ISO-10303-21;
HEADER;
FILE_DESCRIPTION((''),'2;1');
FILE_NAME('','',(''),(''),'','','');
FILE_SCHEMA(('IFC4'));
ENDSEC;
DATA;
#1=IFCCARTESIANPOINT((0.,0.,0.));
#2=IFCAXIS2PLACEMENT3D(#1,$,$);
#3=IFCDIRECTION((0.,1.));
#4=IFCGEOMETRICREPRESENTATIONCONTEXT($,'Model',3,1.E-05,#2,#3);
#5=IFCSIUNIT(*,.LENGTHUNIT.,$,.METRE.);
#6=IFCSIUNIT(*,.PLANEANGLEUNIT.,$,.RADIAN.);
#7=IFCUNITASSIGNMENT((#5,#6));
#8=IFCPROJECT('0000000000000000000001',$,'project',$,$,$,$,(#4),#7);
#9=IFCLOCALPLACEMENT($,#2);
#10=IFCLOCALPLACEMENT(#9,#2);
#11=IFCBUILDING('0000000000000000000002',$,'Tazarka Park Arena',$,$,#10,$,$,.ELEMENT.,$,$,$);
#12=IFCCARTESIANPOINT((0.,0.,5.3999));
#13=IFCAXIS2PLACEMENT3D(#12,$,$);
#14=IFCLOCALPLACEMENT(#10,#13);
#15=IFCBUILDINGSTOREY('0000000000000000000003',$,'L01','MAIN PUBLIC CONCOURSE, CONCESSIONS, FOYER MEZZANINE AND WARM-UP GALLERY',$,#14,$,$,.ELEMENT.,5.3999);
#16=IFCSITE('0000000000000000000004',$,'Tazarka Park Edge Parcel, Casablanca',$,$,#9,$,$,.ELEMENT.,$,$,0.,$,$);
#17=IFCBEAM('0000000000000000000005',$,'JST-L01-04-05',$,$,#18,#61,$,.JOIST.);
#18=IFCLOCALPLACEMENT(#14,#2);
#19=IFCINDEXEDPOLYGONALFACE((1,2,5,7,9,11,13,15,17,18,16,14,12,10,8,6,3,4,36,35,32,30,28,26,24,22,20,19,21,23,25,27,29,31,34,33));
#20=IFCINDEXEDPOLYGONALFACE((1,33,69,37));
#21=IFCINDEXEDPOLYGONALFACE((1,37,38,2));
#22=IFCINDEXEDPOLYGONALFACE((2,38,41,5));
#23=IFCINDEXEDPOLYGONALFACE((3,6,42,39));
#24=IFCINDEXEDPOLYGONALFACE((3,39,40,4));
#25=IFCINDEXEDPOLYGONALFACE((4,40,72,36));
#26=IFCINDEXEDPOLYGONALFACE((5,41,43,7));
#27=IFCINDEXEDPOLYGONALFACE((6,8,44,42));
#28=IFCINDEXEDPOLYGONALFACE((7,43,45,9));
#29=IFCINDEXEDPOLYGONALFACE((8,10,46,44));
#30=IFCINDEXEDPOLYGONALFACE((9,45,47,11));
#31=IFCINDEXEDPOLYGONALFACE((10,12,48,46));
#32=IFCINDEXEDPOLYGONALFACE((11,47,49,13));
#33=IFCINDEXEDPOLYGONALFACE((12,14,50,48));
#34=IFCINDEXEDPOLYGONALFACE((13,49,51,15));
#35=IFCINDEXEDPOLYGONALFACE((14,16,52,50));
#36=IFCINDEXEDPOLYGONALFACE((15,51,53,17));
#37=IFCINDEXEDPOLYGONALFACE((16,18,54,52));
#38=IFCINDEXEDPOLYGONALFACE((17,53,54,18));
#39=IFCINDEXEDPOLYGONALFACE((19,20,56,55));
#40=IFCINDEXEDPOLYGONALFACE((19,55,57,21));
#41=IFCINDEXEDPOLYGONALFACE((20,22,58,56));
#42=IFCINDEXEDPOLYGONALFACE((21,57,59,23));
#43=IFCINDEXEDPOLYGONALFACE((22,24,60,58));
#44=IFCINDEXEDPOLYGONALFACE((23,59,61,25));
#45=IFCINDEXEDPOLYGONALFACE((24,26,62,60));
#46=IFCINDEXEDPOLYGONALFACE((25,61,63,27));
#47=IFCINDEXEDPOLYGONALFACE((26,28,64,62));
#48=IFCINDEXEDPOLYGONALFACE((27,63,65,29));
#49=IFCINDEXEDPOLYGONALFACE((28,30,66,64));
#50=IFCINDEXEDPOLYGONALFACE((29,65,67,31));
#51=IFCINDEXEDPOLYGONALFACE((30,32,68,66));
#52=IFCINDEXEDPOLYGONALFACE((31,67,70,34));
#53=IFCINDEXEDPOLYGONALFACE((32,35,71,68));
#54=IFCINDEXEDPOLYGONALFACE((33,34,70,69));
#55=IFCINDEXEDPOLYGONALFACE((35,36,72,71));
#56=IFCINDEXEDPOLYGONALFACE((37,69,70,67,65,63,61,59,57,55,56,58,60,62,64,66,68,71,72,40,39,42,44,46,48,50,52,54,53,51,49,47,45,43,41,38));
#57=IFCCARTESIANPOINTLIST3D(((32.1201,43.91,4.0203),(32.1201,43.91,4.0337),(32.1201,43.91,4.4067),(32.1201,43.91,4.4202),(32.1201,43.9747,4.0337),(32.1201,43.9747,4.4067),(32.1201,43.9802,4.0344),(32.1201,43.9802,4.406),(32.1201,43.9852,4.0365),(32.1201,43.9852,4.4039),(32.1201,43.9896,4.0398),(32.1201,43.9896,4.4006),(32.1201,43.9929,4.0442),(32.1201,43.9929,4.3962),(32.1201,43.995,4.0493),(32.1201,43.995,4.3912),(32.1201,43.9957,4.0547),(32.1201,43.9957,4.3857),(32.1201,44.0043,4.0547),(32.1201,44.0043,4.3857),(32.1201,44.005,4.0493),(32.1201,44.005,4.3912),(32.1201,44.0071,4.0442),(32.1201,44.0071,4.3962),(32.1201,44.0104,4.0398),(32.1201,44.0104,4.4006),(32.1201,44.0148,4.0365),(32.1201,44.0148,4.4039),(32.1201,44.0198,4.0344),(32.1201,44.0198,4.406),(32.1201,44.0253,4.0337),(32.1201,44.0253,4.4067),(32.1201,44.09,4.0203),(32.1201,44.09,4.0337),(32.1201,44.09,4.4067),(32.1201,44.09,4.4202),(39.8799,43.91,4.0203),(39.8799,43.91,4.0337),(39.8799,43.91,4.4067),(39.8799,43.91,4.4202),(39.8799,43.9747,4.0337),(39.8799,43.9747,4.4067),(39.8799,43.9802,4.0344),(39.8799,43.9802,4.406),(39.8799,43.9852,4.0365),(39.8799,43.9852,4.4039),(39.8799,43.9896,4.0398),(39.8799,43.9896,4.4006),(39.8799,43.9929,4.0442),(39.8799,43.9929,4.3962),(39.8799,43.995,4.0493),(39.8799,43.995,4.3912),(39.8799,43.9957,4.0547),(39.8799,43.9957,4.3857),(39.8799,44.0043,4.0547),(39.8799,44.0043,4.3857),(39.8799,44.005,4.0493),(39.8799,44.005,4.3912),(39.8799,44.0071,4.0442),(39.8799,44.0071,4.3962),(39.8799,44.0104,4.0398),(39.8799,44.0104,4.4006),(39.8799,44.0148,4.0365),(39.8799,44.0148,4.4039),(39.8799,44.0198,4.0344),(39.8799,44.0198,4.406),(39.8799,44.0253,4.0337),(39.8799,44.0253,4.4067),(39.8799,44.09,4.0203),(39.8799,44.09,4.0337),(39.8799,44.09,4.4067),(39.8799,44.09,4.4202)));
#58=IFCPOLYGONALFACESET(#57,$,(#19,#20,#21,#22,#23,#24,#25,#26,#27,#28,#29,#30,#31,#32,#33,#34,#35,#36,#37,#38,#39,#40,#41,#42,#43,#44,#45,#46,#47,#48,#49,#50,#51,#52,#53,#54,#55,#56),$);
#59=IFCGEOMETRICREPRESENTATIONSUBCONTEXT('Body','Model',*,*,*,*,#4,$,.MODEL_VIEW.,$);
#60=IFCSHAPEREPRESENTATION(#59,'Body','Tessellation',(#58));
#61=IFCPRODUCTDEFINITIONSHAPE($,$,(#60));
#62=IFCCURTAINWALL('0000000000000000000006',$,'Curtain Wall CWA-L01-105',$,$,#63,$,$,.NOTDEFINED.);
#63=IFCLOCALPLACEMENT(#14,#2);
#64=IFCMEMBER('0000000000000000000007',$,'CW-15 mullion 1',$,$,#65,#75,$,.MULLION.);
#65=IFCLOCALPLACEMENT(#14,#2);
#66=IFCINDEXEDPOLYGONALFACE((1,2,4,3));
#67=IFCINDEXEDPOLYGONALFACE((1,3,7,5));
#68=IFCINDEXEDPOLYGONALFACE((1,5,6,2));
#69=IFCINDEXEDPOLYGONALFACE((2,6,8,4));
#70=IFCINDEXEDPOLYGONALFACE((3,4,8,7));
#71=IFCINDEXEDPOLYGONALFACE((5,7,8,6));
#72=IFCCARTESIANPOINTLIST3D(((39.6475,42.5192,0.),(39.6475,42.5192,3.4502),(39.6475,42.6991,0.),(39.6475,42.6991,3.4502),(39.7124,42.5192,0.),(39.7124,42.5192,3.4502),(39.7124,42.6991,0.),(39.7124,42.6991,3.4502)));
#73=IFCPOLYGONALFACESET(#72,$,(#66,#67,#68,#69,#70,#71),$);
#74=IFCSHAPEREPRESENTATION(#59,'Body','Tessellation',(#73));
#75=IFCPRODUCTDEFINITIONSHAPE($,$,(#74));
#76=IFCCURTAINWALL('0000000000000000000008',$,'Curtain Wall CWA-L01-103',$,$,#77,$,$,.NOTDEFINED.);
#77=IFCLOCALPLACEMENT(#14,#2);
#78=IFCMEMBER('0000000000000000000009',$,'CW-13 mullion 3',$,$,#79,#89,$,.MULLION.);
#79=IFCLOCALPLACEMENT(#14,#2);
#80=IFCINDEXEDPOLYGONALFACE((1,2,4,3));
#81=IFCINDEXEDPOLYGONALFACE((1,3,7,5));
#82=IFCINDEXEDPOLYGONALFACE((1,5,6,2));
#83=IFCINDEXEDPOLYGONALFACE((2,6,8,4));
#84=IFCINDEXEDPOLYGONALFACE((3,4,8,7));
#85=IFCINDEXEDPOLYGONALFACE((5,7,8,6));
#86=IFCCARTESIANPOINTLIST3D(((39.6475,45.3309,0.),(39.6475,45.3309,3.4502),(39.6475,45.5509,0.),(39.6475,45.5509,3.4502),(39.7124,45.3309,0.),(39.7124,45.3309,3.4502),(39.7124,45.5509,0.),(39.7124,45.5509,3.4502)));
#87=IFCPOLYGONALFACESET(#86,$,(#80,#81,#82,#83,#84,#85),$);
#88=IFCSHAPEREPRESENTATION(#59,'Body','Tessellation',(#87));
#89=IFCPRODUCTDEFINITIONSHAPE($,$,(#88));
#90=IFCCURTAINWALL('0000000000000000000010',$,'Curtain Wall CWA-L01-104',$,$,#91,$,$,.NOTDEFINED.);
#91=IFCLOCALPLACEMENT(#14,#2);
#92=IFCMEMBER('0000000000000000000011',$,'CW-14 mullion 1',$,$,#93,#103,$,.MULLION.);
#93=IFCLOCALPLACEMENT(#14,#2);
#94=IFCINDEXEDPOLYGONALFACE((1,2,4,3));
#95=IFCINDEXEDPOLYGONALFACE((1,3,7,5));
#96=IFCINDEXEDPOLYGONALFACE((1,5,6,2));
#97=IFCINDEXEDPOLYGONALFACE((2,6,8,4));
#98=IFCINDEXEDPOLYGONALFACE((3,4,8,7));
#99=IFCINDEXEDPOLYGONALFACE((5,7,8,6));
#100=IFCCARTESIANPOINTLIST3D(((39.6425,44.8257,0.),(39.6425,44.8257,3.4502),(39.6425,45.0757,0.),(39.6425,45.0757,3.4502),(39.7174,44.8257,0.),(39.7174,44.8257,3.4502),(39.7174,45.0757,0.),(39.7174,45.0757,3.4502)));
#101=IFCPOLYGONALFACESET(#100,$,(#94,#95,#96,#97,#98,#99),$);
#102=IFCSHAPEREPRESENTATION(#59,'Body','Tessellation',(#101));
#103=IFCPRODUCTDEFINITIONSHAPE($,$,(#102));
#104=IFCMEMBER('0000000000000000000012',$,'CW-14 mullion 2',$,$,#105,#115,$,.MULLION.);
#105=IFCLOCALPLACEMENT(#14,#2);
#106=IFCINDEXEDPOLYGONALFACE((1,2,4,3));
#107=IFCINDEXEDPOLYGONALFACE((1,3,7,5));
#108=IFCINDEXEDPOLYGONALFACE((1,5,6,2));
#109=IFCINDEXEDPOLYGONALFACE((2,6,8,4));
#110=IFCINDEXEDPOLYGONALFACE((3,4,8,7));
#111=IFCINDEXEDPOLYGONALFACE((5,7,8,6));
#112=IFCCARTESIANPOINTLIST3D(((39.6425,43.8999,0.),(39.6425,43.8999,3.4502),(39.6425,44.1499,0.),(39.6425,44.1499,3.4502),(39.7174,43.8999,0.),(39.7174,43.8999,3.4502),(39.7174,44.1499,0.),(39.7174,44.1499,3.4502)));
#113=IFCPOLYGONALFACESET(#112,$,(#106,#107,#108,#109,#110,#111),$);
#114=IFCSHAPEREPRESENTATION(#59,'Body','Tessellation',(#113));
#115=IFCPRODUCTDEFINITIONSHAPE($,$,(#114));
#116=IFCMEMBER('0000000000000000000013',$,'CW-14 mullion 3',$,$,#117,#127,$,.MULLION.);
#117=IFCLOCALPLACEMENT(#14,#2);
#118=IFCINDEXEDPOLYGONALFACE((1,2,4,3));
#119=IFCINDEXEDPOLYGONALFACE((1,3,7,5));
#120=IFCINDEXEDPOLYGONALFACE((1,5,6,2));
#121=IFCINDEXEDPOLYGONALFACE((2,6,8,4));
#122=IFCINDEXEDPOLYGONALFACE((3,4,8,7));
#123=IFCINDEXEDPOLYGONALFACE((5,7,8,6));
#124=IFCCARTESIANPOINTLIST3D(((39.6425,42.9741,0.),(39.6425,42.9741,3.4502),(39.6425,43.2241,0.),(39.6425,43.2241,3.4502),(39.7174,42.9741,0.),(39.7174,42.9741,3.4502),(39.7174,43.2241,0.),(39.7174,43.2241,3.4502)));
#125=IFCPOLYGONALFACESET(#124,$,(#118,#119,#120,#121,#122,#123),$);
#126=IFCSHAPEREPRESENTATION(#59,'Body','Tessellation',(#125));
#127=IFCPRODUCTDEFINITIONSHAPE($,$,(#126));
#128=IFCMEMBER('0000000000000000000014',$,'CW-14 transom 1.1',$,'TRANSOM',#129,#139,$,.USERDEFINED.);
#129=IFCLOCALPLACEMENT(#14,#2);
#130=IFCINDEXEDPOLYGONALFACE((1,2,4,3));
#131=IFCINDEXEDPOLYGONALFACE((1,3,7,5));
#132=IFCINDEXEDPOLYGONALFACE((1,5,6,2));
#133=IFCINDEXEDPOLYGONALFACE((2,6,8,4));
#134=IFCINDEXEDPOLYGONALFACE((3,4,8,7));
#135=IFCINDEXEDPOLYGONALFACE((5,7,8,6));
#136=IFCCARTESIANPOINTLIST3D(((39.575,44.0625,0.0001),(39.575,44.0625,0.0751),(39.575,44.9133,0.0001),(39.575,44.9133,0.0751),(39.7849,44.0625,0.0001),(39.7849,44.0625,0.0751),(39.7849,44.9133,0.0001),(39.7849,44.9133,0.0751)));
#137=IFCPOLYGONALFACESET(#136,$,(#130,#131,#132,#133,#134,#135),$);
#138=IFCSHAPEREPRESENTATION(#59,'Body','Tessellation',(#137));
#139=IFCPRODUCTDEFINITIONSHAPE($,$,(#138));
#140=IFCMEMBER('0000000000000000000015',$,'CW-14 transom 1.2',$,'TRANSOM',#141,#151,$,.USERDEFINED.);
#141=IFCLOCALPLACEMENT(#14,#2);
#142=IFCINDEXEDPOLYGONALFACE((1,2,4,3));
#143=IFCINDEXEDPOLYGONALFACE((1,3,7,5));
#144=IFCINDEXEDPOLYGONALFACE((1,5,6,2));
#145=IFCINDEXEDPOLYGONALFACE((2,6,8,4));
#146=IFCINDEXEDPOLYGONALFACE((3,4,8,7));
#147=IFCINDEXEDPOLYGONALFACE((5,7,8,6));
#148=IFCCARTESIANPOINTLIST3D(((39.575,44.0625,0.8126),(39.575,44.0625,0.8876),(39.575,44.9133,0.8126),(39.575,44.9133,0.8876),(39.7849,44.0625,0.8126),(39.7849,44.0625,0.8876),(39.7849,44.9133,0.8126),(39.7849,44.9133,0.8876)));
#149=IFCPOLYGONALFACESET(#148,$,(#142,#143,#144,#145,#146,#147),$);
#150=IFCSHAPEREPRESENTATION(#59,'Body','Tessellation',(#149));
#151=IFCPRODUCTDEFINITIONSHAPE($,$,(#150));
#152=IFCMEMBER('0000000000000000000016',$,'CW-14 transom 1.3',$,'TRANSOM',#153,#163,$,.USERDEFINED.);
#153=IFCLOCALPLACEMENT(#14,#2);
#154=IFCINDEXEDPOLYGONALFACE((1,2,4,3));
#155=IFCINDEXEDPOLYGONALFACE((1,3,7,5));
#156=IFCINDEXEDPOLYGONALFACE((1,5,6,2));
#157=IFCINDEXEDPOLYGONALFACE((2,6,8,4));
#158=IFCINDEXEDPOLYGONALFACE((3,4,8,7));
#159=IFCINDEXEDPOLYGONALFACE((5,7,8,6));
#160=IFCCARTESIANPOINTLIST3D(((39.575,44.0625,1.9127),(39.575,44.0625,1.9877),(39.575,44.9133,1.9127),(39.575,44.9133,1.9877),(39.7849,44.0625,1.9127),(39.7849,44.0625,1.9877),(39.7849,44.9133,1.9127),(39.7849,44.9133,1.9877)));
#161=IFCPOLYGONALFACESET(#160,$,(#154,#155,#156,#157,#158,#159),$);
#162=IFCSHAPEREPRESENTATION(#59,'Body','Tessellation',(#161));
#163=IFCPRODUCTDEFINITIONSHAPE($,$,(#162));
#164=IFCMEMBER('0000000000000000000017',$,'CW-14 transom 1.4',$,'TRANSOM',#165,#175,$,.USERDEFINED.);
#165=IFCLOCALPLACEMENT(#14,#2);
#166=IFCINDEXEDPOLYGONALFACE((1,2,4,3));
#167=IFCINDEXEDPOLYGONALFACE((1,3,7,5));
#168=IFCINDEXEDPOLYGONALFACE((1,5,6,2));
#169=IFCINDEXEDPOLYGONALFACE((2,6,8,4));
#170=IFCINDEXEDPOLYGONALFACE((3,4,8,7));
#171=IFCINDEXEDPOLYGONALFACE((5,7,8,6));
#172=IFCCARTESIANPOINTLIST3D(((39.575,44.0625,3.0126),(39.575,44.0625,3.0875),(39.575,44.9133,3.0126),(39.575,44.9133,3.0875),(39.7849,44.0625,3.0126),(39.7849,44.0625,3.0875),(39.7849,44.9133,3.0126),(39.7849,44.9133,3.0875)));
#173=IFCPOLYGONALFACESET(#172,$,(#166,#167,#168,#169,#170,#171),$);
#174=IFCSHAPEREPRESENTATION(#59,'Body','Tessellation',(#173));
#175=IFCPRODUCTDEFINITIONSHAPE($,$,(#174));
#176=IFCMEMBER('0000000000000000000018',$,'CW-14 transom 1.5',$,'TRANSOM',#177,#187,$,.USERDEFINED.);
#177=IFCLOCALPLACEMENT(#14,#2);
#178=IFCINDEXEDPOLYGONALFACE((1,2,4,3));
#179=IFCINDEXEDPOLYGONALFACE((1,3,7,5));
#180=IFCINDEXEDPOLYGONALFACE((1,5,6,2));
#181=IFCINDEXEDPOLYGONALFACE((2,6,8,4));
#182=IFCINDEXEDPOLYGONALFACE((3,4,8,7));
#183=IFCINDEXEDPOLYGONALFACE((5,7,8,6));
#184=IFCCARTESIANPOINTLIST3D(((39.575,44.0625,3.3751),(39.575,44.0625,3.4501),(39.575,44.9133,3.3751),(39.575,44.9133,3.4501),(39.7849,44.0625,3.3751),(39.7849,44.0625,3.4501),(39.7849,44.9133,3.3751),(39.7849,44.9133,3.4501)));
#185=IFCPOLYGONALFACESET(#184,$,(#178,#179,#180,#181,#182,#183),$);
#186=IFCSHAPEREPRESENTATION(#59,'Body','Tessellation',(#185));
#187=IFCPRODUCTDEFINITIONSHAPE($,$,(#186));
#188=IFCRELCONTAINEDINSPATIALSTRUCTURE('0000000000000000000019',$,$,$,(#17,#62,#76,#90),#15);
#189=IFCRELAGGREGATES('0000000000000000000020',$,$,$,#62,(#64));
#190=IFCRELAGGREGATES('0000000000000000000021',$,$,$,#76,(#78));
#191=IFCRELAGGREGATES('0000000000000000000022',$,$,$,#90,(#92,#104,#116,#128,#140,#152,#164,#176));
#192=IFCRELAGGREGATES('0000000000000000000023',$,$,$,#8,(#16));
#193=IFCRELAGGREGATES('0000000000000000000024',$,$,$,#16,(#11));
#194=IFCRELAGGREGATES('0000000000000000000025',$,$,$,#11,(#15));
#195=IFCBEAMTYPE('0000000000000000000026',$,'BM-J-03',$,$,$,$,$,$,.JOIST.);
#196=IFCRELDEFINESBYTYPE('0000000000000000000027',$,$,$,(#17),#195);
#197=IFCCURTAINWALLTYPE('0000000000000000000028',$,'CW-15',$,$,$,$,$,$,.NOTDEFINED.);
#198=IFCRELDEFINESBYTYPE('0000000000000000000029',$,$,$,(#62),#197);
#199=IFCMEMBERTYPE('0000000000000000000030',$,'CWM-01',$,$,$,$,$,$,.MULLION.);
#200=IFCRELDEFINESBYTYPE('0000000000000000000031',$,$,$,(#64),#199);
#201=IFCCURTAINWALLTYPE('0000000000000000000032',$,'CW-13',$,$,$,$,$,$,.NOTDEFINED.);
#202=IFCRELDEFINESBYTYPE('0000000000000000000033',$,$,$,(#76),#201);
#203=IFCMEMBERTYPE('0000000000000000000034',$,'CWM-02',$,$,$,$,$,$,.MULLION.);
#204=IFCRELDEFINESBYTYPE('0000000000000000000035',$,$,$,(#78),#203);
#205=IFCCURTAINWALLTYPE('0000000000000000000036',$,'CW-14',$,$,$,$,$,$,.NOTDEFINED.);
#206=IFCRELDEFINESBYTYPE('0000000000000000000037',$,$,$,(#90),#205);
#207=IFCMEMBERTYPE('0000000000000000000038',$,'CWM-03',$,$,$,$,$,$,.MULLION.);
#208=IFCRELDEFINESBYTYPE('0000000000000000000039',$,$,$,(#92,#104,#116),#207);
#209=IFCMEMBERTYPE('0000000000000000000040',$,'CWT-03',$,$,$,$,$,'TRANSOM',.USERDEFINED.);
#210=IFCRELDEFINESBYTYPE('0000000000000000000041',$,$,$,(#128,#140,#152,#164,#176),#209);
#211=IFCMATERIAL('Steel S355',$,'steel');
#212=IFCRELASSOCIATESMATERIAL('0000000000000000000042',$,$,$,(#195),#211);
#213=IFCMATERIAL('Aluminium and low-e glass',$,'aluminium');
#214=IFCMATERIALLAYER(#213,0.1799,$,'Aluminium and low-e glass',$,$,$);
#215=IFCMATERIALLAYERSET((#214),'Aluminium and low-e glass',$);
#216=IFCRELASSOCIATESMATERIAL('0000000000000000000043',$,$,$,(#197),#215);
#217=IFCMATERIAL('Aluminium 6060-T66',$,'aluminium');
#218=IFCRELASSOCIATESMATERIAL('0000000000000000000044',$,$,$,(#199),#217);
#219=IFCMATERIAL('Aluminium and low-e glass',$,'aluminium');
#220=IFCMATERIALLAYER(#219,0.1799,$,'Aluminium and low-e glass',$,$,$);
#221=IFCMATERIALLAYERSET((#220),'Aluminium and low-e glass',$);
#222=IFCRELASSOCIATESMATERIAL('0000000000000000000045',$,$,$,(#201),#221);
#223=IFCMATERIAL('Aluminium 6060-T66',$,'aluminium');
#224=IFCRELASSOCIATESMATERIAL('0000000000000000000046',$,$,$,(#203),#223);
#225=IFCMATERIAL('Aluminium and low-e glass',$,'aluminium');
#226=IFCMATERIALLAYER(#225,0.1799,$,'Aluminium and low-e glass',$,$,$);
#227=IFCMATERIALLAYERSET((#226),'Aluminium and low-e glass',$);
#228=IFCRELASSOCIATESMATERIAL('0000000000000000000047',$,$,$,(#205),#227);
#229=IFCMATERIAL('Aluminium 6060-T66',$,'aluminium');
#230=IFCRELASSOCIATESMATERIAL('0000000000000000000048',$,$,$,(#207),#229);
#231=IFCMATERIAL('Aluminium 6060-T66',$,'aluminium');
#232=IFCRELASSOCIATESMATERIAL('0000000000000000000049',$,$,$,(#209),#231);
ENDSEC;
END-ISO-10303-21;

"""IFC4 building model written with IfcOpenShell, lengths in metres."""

from ifc_helpers import new_model, si_unit, direction, frame, origin, origin_2d, place, context, subcontext, project, spatial, rectangle, i_section, extrude, material, layer, layer_set, material_profile, profile_set, type_object, element, aggregate, save


model = new_model("IFC4")

# Units and contexts
model_context = context("Model", 3, precision=1e-05, world=origin(), true_north=direction((0.0, 1.0)))
body_context = subcontext(model_context, "Body", "Model", "MODEL_VIEW")
ifc_project = project(units=[si_unit("LENGTHUNIT", "METRE"), si_unit("PLANEANGLEUNIT", "RADIAN")], contexts=[model_context])

# Site, building, storey
site_placement = place(None, origin())
site = spatial("IfcSite", under=ifc_project, at=site_placement, Name="Tazarka Park Edge Parcel, Casablanca", CompositionType="ELEMENT", RefElevation=0.0)
building_placement = place(site_placement, origin())
building = spatial("IfcBuilding", under=site, at=building_placement, Name="Tazarka Park Arena", CompositionType="ELEMENT")
storey_placement = place(building_placement, frame((0.0, 0.0, 5.3999)))
storey = spatial("IfcBuildingStorey", under=building, at=storey_placement, Name="L01", Description="MAIN PUBLIC CONCOURSE, CONCESSIONS, FOYER MEZZANINE AND WARM-UP GALLERY", CompositionType="ELEMENT", Elevation=5.3999)

# Beam
ifc_material_1 = material(Name="Steel S355", Category="steel")
ifc_material_profile_1 = material_profile(ifc_material_1, i_section(OverallWidth=0.1799, OverallDepth=0.3999, WebThickness=0.0085, FlangeThickness=0.0134, FilletRadius=0.021, at=origin_2d()), Name="Steel S355")
ifc_profile_set_1 = profile_set([ifc_material_profile_1], Name="Steel S355")
beam_type = type_object("IfcBeamType", Name="BM-J-03", PredefinedType="JOIST", material=ifc_profile_set_1)
beam_placement = place(storey_placement, frame((32.1201, 44.0, 4.2202), z_axis=(1.0, 0.0, 0.0), x_axis=(0.0, 1.0, 0.0)))
element("IfcBeam", 1, at=beam_placement, inside=storey, type_object=beam_type, Name="JST-L01-04-05", PredefinedType="JOIST", context=body_context, shape_type="SweptSolid", body=[
    extrude(i_section(OverallWidth=0.1799, OverallDepth=0.3999, WebThickness=0.0085, FlangeThickness=0.0134, FilletRadius=0.021, at=origin_2d()), origin(), (0.0, 0.0, 1.0), 7.7598),
])

# Curtain walls, members
ifc_material_2 = material(Name="Aluminium and low-e glass", Category="aluminium")
ifc_layer_1 = layer(ifc_material_2, 0.1799, Name="Aluminium and low-e glass")
ifc_layer_set_1 = layer_set([ifc_layer_1], Name="Aluminium and low-e glass")
curtain_wall_type_1 = type_object("IfcCurtainWallType", Name="CW-15", PredefinedType="NOTDEFINED", material=ifc_layer_set_1)
curtain_wall_1_placement = place(storey_placement, origin())
curtain_wall_1 = element("IfcCurtainWall", 2, at=curtain_wall_1_placement, inside=storey, type_object=curtain_wall_type_1, Name="Curtain Wall CWA-L01-105", PredefinedType="NOTDEFINED")
ifc_material_3 = material(Name="Aluminium 6060-T66", Category="aluminium")
ifc_material_profile_2 = material_profile(ifc_material_3, rectangle(XDim=0.0649, YDim=0.1799, at=origin_2d()), Name="Aluminium 6060-T66")
ifc_profile_set_2 = profile_set([ifc_material_profile_2], Name="Aluminium 6060-T66")
member_type_1 = type_object("IfcMemberType", Name="CWM-01", PredefinedType="MULLION", material=ifc_profile_set_2)
member_1_placement = place(storey_placement, frame((39.6799, 42.6091, 0.0), z_axis=(0.0, 0.0, 1.0), x_axis=(1.0, 0.0, 0.0)))
member_1 = element("IfcMember", 3, at=member_1_placement, type_object=member_type_1, Name="CW-15 mullion 1", PredefinedType="MULLION", context=body_context, shape_type="SweptSolid", body=[
    extrude(rectangle(XDim=0.0649, YDim=0.1799, at=origin_2d()), origin(), (0.0, 0.0, 1.0), 3.4502),
])
aggregate(curtain_wall_1, [member_1])
ifc_material_4 = material(Name="Aluminium and low-e glass", Category="aluminium")
ifc_layer_2 = layer(ifc_material_4, 0.1799, Name="Aluminium and low-e glass")
ifc_layer_set_2 = layer_set([ifc_layer_2], Name="Aluminium and low-e glass")
curtain_wall_type_2 = type_object("IfcCurtainWallType", Name="CW-13", PredefinedType="NOTDEFINED", material=ifc_layer_set_2)
curtain_wall_2_placement = place(storey_placement, origin())
curtain_wall_2 = element("IfcCurtainWall", 4, at=curtain_wall_2_placement, inside=storey, type_object=curtain_wall_type_2, Name="Curtain Wall CWA-L01-103", PredefinedType="NOTDEFINED")
ifc_material_5 = material(Name="Aluminium 6060-T66", Category="aluminium")
ifc_material_profile_3 = material_profile(ifc_material_5, rectangle(XDim=0.0649, YDim=0.22, at=origin_2d()), Name="Aluminium 6060-T66")
ifc_profile_set_3 = profile_set([ifc_material_profile_3], Name="Aluminium 6060-T66")
member_type_2 = type_object("IfcMemberType", Name="CWM-02", PredefinedType="MULLION", material=ifc_profile_set_3)
member_2_placement = place(storey_placement, frame((39.6799, 45.4409, 0.0), z_axis=(0.0, 0.0, 1.0), x_axis=(1.0, 0.0, 0.0)))
member_2 = element("IfcMember", 5, at=member_2_placement, type_object=member_type_2, Name="CW-13 mullion 3", PredefinedType="MULLION", context=body_context, shape_type="SweptSolid", body=[
    extrude(rectangle(XDim=0.0649, YDim=0.22, at=origin_2d()), origin(), (0.0, 0.0, 1.0), 3.4502),
])

# Curtain wall, members
ifc_material_6 = material(Name="Aluminium and low-e glass", Category="aluminium")
ifc_layer_3 = layer(ifc_material_6, 0.1799, Name="Aluminium and low-e glass")
ifc_layer_set_3 = layer_set([ifc_layer_3], Name="Aluminium and low-e glass")
curtain_wall_type_3 = type_object("IfcCurtainWallType", Name="CW-14", PredefinedType="NOTDEFINED", material=ifc_layer_set_3)
curtain_wall_3_placement = place(storey_placement, origin())
curtain_wall_3 = element("IfcCurtainWall", 6, at=curtain_wall_3_placement, inside=storey, type_object=curtain_wall_type_3, Name="Curtain Wall CWA-L01-104", PredefinedType="NOTDEFINED")
ifc_material_7 = material(Name="Aluminium 6060-T66", Category="aluminium")
ifc_material_profile_4 = material_profile(ifc_material_7, rectangle(XDim=0.075, YDim=0.25, at=origin_2d()), Name="Aluminium 6060-T66")
ifc_profile_set_4 = profile_set([ifc_material_profile_4], Name="Aluminium 6060-T66")
member_type_3 = type_object("IfcMemberType", Name="CWM-03", PredefinedType="MULLION", material=ifc_profile_set_4)
member_3_placement = place(storey_placement, frame((39.6799, 44.9507, 0.0), z_axis=(0.0, 0.0, 1.0), x_axis=(1.0, 0.0, 0.0)))
member_3 = element("IfcMember", 7, at=member_3_placement, type_object=member_type_3, Name="CW-14 mullion 1", PredefinedType="MULLION", context=body_context, shape_type="SweptSolid", body=[
    extrude(rectangle(XDim=0.075, YDim=0.25, at=origin_2d()), origin(), (0.0, 0.0, 1.0), 3.4502),
])
member_4_placement = place(storey_placement, frame((39.6799, 44.0249, 0.0), z_axis=(0.0, 0.0, 1.0), x_axis=(1.0, 0.0, 0.0)))
member_4 = element("IfcMember", 8, at=member_4_placement, type_object=member_type_3, Name="CW-14 mullion 2", PredefinedType="MULLION", context=body_context, shape_type="SweptSolid", body=[
    extrude(rectangle(XDim=0.075, YDim=0.25, at=origin_2d()), origin(), (0.0, 0.0, 1.0), 3.4502),
])
member_5_placement = place(storey_placement, frame((39.6799, 43.0991, 0.0), z_axis=(0.0, 0.0, 1.0), x_axis=(1.0, 0.0, 0.0)))
member_5 = element("IfcMember", 9, at=member_5_placement, type_object=member_type_3, Name="CW-14 mullion 3", PredefinedType="MULLION", context=body_context, shape_type="SweptSolid", body=[
    extrude(rectangle(XDim=0.075, YDim=0.25, at=origin_2d()), origin(), (0.0, 0.0, 1.0), 3.4502),
])
ifc_material_8 = material(Name="Aluminium 6060-T66", Category="aluminium")
ifc_material_profile_5 = material_profile(ifc_material_8, rectangle(XDim=0.21, YDim=0.075, at=origin_2d()), Name="Aluminium 6060-T66")
ifc_profile_set_5 = profile_set([ifc_material_profile_5], Name="Aluminium 6060-T66")
member_type_4 = type_object("IfcMemberType", Name="CWT-03", ElementType="TRANSOM", PredefinedType="USERDEFINED", material=ifc_profile_set_5)
member_6_placement = place(storey_placement, frame((39.6799, 44.9133, 0.0376), z_axis=(0.0, -1.0, 0.0), x_axis=(1.0, 0.0, 0.0)))
member_6 = element("IfcMember", 10, at=member_6_placement, type_object=member_type_4, Name="CW-14 transom 1.1", ObjectType="TRANSOM", PredefinedType="USERDEFINED", context=body_context, shape_type="SweptSolid", body=[
    extrude(rectangle(XDim=0.21, YDim=0.075, at=origin_2d()), origin(), (0.0, 0.0, 1.0), 0.8508),
])
member_7_placement = place(storey_placement, frame((39.6799, 44.9133, 0.8501), z_axis=(0.0, -1.0, 0.0), x_axis=(1.0, 0.0, 0.0)))
member_7 = element("IfcMember", 11, at=member_7_placement, type_object=member_type_4, Name="CW-14 transom 1.2", ObjectType="TRANSOM", PredefinedType="USERDEFINED", context=body_context, shape_type="SweptSolid", body=[
    extrude(rectangle(XDim=0.21, YDim=0.075, at=origin_2d()), origin(), (0.0, 0.0, 1.0), 0.8508),
])
member_8_placement = place(storey_placement, frame((39.6799, 44.9133, 1.9502), z_axis=(0.0, -1.0, 0.0), x_axis=(1.0, 0.0, 0.0)))
member_8 = element("IfcMember", 12, at=member_8_placement, type_object=member_type_4, Name="CW-14 transom 1.3", ObjectType="TRANSOM", PredefinedType="USERDEFINED", context=body_context, shape_type="SweptSolid", body=[
    extrude(rectangle(XDim=0.21, YDim=0.075, at=origin_2d()), origin(), (0.0, 0.0, 1.0), 0.8508),
])
member_9_placement = place(storey_placement, frame((39.6799, 44.9133, 3.05), z_axis=(0.0, -1.0, 0.0), x_axis=(1.0, 0.0, 0.0)))
member_9 = element("IfcMember", 13, at=member_9_placement, type_object=member_type_4, Name="CW-14 transom 1.4", ObjectType="TRANSOM", PredefinedType="USERDEFINED", context=body_context, shape_type="SweptSolid", body=[
    extrude(rectangle(XDim=0.21, YDim=0.075, at=origin_2d()), origin(), (0.0, 0.0, 1.0), 0.8508),
])
member_10_placement = place(storey_placement, frame((39.6799, 44.9133, 3.4126), z_axis=(0.0, -1.0, 0.0), x_axis=(1.0, 0.0, 0.0)))
member_10 = element("IfcMember", 14, at=member_10_placement, type_object=member_type_4, Name="CW-14 transom 1.5", ObjectType="TRANSOM", PredefinedType="USERDEFINED", context=body_context, shape_type="SweptSolid", body=[
    extrude(rectangle(XDim=0.21, YDim=0.075, at=origin_2d()), origin(), (0.0, 0.0, 1.0), 0.8508),
])

aggregate(curtain_wall_2, [member_2])
aggregate(curtain_wall_3, [member_3, member_4, member_5, member_6, member_7, member_8, member_9, member_10])

save(model, "model.ifc")
